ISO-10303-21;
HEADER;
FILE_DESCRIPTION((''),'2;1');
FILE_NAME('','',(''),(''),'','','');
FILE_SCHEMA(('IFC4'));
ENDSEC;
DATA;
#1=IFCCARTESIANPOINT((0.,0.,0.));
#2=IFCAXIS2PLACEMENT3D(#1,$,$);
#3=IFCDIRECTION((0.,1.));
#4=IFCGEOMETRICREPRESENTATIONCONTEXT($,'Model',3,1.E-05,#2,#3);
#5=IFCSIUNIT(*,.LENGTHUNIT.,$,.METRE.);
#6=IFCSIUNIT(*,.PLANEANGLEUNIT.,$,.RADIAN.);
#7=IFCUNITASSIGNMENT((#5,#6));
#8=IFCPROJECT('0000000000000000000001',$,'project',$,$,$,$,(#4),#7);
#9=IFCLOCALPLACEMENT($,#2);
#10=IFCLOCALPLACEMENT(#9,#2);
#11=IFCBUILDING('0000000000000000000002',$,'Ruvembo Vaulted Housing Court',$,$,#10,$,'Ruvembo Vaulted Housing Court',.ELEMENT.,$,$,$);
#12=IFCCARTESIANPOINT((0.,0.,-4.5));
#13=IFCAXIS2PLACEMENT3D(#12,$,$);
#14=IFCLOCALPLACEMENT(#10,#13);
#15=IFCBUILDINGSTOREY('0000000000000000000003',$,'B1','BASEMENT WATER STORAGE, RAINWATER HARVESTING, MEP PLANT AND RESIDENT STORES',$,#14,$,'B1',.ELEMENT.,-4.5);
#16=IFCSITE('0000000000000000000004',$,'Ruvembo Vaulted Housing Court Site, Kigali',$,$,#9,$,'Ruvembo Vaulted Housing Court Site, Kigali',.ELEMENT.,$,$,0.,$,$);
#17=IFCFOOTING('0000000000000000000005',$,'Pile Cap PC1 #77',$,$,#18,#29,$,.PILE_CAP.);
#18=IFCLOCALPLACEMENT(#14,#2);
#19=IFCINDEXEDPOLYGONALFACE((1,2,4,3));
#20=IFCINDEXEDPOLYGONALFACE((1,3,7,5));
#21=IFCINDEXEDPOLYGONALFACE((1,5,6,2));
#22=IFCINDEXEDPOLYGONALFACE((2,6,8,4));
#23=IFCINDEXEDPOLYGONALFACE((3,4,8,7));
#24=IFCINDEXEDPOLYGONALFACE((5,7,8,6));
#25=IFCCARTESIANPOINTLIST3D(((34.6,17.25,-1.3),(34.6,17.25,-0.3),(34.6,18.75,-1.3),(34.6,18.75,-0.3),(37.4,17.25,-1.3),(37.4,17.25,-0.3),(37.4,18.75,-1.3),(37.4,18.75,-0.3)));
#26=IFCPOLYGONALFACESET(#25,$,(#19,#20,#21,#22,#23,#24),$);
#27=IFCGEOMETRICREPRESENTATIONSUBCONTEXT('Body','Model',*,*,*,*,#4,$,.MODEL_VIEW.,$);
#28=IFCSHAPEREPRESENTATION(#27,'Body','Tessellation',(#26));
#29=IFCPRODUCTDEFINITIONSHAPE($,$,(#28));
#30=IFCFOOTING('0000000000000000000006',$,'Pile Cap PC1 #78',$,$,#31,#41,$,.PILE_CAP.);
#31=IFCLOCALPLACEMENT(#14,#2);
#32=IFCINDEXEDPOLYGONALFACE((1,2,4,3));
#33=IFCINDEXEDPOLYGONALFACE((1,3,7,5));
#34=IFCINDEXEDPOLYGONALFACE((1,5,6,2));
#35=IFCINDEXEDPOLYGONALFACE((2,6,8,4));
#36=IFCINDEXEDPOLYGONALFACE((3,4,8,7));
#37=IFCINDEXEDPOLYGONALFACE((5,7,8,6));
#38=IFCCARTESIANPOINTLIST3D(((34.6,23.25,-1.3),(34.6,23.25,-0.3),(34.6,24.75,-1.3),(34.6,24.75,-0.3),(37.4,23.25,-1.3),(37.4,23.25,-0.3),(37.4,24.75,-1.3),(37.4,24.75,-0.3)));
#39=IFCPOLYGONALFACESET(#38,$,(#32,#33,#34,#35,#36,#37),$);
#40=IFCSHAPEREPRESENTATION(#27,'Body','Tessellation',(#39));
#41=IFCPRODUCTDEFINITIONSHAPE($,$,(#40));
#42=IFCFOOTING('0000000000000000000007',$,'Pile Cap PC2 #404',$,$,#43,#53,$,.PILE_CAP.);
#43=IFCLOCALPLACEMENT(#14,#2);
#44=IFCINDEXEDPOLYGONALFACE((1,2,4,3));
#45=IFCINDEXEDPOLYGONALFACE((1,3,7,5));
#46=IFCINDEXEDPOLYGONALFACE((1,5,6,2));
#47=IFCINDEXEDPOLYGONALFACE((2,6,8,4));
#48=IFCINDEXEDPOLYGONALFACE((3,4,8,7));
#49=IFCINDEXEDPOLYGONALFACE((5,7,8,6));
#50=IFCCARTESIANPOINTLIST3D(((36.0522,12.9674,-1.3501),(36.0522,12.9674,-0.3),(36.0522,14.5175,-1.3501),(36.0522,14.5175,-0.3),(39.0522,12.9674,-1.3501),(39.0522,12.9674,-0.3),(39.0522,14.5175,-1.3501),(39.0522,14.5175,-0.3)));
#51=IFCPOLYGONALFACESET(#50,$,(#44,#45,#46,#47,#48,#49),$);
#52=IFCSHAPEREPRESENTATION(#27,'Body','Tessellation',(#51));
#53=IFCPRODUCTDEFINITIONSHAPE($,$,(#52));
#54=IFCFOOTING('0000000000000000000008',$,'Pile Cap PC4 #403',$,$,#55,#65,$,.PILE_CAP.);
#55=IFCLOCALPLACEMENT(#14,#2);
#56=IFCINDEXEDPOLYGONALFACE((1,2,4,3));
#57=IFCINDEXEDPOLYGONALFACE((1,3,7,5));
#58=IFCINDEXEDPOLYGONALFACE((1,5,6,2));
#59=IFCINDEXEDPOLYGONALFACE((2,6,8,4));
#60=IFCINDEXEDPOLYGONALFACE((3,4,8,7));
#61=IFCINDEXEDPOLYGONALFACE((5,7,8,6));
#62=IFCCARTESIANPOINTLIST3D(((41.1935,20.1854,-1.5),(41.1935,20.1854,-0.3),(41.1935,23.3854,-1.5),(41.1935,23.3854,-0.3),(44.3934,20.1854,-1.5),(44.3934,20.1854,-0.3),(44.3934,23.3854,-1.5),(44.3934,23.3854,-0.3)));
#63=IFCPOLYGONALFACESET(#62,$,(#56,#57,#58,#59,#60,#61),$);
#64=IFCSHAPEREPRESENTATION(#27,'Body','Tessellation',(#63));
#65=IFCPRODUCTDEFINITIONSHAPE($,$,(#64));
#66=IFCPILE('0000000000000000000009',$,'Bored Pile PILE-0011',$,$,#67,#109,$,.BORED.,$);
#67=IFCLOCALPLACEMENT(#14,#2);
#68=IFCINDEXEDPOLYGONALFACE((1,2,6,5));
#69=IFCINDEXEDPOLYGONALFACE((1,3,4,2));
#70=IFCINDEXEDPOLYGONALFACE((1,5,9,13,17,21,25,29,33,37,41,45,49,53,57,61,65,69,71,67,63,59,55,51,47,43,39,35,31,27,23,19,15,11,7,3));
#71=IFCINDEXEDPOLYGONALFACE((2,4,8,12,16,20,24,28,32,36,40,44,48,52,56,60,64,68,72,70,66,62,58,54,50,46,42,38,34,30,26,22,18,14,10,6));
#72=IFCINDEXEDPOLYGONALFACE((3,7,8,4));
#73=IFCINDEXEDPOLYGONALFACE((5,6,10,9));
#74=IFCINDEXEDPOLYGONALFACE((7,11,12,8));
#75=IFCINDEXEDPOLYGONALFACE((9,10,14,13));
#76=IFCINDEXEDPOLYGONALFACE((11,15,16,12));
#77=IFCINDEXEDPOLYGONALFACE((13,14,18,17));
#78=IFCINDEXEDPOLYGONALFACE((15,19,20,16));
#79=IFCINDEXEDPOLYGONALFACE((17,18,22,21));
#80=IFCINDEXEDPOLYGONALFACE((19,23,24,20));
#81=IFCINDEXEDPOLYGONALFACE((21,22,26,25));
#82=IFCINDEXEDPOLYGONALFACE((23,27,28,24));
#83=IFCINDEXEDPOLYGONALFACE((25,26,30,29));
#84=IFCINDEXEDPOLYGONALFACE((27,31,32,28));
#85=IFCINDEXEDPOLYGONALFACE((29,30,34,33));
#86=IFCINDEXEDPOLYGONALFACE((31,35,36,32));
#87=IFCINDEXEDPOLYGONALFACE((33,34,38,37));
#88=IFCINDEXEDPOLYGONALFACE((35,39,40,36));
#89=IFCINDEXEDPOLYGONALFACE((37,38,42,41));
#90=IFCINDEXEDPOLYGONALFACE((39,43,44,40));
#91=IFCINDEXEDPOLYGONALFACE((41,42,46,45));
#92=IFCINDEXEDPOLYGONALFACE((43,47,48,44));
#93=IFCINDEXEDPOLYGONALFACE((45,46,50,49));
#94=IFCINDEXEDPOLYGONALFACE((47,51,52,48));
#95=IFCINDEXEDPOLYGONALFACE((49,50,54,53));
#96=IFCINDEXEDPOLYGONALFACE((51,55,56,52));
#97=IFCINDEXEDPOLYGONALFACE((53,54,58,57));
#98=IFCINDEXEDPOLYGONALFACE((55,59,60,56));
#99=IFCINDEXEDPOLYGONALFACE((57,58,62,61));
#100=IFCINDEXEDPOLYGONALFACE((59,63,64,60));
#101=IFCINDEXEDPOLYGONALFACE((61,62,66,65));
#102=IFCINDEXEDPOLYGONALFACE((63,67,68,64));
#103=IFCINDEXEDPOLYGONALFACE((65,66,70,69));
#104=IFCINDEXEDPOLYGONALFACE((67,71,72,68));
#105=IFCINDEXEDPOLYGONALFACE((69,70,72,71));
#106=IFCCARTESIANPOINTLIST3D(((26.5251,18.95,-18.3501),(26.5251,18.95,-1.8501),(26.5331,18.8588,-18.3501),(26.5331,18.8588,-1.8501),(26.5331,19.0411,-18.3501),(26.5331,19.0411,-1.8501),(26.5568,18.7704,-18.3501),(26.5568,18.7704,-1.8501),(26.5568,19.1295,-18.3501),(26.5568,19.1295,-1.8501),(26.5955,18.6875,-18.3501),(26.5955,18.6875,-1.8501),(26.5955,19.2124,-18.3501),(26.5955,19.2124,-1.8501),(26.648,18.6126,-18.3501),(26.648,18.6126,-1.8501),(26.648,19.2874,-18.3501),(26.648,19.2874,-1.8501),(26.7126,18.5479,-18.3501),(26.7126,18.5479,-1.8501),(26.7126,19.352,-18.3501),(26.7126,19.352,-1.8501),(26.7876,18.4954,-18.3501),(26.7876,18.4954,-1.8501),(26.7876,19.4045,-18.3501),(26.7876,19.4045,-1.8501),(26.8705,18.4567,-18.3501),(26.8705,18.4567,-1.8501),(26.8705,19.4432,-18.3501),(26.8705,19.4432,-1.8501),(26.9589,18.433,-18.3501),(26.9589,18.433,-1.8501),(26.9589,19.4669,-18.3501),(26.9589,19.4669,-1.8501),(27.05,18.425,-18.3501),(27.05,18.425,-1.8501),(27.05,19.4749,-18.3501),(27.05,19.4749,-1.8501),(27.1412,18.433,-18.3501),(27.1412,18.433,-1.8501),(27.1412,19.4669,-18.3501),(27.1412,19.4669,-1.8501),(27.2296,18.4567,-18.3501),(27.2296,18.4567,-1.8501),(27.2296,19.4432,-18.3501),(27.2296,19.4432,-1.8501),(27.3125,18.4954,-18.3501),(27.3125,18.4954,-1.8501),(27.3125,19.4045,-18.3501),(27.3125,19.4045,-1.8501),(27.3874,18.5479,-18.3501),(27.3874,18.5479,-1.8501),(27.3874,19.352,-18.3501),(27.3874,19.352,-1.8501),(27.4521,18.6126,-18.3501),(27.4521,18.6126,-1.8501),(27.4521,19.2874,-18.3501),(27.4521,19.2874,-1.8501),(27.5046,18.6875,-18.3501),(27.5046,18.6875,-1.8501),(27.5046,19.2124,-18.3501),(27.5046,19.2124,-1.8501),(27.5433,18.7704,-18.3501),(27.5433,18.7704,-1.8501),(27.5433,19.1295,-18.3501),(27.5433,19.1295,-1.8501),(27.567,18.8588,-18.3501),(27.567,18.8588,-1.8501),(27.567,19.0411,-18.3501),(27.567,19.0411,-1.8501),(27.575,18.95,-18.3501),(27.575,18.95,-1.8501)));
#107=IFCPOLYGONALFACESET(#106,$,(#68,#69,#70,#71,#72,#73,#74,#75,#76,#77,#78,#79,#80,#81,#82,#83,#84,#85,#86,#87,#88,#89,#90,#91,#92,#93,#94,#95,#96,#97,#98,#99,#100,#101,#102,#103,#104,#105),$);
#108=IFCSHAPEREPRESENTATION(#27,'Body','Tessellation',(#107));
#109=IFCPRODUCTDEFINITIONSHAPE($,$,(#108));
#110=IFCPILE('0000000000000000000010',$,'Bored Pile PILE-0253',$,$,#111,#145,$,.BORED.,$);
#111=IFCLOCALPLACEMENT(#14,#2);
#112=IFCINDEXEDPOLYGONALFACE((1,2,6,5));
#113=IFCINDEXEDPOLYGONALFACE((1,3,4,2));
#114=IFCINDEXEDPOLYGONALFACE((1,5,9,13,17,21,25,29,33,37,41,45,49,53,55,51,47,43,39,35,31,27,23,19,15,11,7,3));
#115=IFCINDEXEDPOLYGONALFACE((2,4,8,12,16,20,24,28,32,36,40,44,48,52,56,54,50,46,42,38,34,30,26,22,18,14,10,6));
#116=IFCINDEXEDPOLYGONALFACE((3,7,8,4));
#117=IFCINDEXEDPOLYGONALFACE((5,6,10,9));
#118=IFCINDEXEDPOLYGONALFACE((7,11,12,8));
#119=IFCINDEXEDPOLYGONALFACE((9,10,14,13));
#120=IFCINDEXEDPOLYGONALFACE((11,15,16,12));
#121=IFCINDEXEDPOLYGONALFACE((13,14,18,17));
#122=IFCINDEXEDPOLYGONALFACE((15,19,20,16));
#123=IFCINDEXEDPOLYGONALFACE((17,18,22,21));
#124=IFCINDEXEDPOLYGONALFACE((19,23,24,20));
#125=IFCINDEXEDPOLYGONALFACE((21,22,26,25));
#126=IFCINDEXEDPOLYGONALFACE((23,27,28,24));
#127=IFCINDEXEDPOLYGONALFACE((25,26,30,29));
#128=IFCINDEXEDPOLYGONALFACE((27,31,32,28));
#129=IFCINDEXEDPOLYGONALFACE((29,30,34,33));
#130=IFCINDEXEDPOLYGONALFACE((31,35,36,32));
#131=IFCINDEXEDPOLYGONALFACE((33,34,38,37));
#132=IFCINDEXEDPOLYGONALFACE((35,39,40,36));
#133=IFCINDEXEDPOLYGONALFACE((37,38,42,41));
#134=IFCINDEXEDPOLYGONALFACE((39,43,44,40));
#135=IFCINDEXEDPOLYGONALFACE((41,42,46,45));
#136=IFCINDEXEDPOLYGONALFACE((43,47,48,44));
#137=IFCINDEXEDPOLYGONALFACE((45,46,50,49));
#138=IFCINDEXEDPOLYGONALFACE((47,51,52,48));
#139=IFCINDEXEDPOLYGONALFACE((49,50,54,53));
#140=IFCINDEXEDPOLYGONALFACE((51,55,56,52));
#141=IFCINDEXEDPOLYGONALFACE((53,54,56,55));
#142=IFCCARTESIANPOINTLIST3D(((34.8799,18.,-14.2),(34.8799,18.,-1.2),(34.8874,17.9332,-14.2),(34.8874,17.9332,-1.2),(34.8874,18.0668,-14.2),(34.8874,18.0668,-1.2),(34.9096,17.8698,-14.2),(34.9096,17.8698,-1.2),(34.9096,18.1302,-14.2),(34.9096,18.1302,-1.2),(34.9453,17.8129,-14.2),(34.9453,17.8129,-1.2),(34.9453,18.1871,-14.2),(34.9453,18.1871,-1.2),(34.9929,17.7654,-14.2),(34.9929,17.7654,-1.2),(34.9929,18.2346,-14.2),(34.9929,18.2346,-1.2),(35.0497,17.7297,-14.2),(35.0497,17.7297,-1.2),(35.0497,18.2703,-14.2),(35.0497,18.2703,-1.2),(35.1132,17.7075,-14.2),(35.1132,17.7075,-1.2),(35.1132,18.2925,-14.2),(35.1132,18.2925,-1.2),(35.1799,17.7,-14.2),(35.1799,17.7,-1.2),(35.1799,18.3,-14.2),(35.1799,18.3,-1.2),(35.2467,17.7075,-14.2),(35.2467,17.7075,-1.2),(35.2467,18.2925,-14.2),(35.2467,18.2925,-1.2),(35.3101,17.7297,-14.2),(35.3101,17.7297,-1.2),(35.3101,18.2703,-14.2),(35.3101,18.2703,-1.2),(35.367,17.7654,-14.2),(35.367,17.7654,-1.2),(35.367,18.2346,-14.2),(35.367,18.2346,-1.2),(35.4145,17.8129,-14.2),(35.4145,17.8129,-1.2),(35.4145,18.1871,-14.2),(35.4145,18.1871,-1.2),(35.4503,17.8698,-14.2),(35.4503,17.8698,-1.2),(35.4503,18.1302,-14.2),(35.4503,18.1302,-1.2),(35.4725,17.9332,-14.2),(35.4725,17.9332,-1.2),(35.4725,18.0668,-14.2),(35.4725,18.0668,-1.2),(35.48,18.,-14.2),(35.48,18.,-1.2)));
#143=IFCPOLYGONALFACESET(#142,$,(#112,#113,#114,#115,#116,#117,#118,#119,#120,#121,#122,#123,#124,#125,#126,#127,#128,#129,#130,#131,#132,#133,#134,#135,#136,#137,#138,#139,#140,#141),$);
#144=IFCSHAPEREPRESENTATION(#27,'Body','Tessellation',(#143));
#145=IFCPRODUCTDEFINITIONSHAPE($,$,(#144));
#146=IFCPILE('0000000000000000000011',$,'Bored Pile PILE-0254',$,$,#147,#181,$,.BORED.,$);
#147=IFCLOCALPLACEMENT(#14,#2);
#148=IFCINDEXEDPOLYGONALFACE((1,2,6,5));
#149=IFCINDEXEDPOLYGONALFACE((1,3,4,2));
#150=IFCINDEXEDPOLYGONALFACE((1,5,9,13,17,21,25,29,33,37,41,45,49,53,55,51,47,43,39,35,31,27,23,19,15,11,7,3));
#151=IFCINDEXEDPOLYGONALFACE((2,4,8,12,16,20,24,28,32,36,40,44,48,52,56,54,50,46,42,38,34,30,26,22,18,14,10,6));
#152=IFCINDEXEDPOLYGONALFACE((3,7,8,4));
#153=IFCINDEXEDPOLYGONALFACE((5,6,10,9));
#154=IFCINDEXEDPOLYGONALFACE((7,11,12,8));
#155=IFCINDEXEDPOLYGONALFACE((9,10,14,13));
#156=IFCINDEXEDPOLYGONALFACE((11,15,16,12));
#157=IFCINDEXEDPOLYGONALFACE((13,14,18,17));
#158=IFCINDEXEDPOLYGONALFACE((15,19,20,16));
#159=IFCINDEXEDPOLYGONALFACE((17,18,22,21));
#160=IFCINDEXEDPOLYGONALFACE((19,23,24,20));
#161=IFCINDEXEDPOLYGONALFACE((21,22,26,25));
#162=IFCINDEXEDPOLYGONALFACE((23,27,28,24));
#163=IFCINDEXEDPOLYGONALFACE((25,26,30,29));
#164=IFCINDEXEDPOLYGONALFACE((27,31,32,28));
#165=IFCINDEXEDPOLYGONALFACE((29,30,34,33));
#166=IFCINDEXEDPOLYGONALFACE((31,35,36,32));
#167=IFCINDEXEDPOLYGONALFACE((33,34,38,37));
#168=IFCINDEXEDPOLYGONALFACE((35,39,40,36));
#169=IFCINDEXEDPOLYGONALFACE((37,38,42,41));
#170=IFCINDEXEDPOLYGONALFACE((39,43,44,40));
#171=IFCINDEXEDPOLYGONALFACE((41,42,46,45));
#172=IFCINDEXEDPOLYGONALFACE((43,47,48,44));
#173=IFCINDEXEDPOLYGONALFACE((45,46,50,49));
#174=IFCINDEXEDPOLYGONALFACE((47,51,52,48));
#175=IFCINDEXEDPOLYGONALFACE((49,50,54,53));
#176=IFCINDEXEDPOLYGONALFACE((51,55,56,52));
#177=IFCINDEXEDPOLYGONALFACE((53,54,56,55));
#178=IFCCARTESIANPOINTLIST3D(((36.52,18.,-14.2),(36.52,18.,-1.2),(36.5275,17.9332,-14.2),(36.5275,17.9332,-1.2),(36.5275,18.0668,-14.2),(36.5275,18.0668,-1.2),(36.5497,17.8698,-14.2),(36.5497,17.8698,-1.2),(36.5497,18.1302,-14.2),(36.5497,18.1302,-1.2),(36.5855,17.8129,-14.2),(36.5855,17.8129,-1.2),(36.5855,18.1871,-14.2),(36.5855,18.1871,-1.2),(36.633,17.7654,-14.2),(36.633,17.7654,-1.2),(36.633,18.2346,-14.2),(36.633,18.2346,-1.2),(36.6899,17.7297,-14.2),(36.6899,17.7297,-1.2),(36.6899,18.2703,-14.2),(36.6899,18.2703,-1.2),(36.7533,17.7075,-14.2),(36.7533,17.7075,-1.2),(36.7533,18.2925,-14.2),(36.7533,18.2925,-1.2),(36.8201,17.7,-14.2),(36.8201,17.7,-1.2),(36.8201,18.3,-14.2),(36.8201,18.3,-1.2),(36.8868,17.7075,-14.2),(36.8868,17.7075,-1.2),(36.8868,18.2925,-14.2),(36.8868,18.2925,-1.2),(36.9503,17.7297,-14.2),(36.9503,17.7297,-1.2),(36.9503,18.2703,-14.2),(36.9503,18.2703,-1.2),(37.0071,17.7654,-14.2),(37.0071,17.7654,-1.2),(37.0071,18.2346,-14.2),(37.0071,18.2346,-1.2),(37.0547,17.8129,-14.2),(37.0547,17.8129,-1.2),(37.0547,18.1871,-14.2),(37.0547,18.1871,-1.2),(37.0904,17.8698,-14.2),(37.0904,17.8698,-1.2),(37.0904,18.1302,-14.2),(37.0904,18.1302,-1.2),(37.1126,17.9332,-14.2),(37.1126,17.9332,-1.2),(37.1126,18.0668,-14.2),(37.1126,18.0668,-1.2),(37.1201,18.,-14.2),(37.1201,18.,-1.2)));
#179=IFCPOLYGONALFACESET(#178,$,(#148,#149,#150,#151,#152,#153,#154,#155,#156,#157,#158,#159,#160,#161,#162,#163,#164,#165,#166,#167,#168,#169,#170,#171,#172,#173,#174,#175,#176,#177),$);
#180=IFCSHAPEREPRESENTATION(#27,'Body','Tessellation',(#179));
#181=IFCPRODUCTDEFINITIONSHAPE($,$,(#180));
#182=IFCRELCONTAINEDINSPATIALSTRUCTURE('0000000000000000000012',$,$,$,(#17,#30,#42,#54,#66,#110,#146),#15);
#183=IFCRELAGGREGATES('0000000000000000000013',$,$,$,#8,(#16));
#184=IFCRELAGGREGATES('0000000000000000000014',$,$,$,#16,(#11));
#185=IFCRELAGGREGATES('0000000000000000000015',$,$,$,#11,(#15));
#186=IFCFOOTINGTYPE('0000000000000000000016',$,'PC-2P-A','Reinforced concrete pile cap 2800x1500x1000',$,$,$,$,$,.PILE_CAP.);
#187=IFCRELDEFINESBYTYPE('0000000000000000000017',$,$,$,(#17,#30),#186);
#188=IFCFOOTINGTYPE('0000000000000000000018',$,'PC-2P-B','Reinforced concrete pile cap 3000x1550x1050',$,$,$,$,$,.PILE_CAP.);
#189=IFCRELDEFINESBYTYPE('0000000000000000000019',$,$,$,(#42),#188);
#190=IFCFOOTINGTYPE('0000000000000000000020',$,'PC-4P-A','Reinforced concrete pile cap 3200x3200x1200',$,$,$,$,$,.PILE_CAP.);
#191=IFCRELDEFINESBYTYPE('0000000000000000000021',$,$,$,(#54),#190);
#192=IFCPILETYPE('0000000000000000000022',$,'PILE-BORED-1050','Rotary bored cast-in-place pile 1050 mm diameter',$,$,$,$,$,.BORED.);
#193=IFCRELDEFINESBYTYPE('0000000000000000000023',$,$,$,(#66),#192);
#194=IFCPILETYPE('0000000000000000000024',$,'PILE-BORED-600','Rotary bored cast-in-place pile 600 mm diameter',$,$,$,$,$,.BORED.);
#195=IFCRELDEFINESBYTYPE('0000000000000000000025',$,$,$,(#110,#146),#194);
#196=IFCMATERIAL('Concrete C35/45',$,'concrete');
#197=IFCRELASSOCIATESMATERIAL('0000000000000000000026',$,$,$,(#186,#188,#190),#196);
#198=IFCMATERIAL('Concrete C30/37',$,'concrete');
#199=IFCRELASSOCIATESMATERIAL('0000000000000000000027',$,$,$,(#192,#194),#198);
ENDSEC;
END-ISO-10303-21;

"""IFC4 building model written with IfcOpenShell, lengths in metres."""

from ifc_helpers import new_model, si_unit, direction, frame, origin, origin_2d, place, context, subcontext, project, spatial, rectangle, circle, extrude, material, material_profile, profile_set, type_object, element, save


model = new_model("IFC4")

# Units and contexts
model_context = context("Model", 3, precision=1e-05, world=origin(), true_north=direction((0.0, 1.0)))
body_context = subcontext(model_context, "Body", "Model", "MODEL_VIEW")
ifc_project = project(units=[si_unit("LENGTHUNIT", "METRE"), si_unit("PLANEANGLEUNIT", "RADIAN")], contexts=[model_context])

# Site, building, storey
site_placement = place(None, origin())
site = spatial("IfcSite", under=ifc_project, at=site_placement, Name="Ruvembo Vaulted Housing Court Site, Kigali", LongName="Ruvembo Vaulted Housing Court Site, Kigali", CompositionType="ELEMENT", RefElevation=0.0)
building_placement = place(site_placement, origin())
building = spatial("IfcBuilding", under=site, at=building_placement, Name="Ruvembo Vaulted Housing Court", LongName="Ruvembo Vaulted Housing Court", CompositionType="ELEMENT")
storey_placement = place(building_placement, frame((0.0, 0.0, -4.5)))
storey = spatial("IfcBuildingStorey", under=building, at=storey_placement, Name="B1", Description="BASEMENT WATER STORAGE, RAINWATER HARVESTING, MEP PLANT AND RESIDENT STORES", LongName="B1", CompositionType="ELEMENT", Elevation=-4.5)

# Footings
ifc_material_1 = material(Name="Concrete C35/45", Category="concrete")
footing_type_1 = type_object("IfcFootingType", Name="PC-2P-A", Description="Reinforced concrete pile cap 2800x1500x1000", PredefinedType="PILE_CAP", material=ifc_material_1)
for number, where, z_axis, x_axis, name in (
    (1, (36.0, 18.0, -1.3), (0.0, 0.0, 1.0), (1.0, 0.0, 0.0), "Pile Cap PC1 #77"),
    (2, (36.0, 24.0, -1.3), (0.0, 0.0, 1.0), (1.0, 0.0, 0.0), "Pile Cap PC1 #78"),
):
    element("IfcFooting", number, at=place(storey_placement, frame(where, z_axis=z_axis, x_axis=x_axis)), inside=storey, type_object=footing_type_1, Name=name, PredefinedType="PILE_CAP", context=body_context, shape_type="SweptSolid", body=[
        extrude(rectangle(XDim=2.8, YDim=1.5, at=origin_2d()), origin(), (0.0, 0.0, 1.0), 1.0),
    ])
footing_type_2 = type_object("IfcFootingType", Name="PC-2P-B", Description="Reinforced concrete pile cap 3000x1550x1050", PredefinedType="PILE_CAP", material=ifc_material_1)
footing_1_placement = place(storey_placement, frame((37.5522, 13.7424, -1.3501), z_axis=(0.0, 0.0, 1.0), x_axis=(1.0, 0.0, 0.0)))
element("IfcFooting", 3, at=footing_1_placement, inside=storey, type_object=footing_type_2, Name="Pile Cap PC2 #404", PredefinedType="PILE_CAP", context=body_context, shape_type="SweptSolid", body=[
    extrude(rectangle(XDim=3.0, YDim=1.55, at=origin_2d()), origin(), (0.0, 0.0, 1.0), 1.05),
])
footing_type_3 = type_object("IfcFootingType", Name="PC-4P-A", Description="Reinforced concrete pile cap 3200x3200x1200", PredefinedType="PILE_CAP", material=ifc_material_1)
footing_2_placement = place(storey_placement, frame((42.7935, 21.7854, -1.5), z_axis=(0.0, 0.0, 1.0), x_axis=(1.0, 0.0, 0.0)))
element("IfcFooting", 4, at=footing_2_placement, inside=storey, type_object=footing_type_3, Name="Pile Cap PC4 #403", PredefinedType="PILE_CAP", context=body_context, shape_type="SweptSolid", body=[
    extrude(rectangle(XDim=3.2, YDim=3.2, at=origin_2d()), origin(), (0.0, 0.0, 1.0), 1.2),
])

# Piles
ifc_material_2 = material(Name="Concrete C30/37", Category="concrete")
ifc_material_profile_1 = material_profile(ifc_material_2, circle(Radius=0.5249, at=origin_2d()), Name="PILE D1050")
ifc_profile_set_1 = profile_set([ifc_material_profile_1], Name="Concrete C30/37")
pile_type_1 = type_object("IfcPileType", Name="PILE-BORED-1050", Description="Rotary bored cast-in-place pile 1050 mm diameter", PredefinedType="BORED", material=ifc_profile_set_1)
pile_placement = place(storey_placement, frame((27.05, 18.95, -1.8501), z_axis=(0.0, 0.0, -1.0), x_axis=(1.0, 0.0, 0.0)))
element("IfcPile", 5, at=pile_placement, inside=storey, type_object=pile_type_1, Name="Bored Pile PILE-0011", PredefinedType="BORED", context=body_context, shape_type="SweptSolid", body=[
    extrude(circle(Radius=0.5249, at=origin_2d()), origin(), (0.0, 0.0, 1.0), 16.5),
])
ifc_material_profile_2 = material_profile(ifc_material_2, circle(Radius=0.3, at=origin_2d()), Name="PILE D600")
ifc_profile_set_2 = profile_set([ifc_material_profile_2], Name="Concrete C30/37")
pile_type_2 = type_object("IfcPileType", Name="PILE-BORED-600", Description="Rotary bored cast-in-place pile 600 mm diameter", PredefinedType="BORED", material=ifc_profile_set_2)
for number, where, z_axis, x_axis, name in (
    (6, (35.1799, 18.0, -1.2), (0.0, 0.0, -1.0), (1.0, 0.0, 0.0), "Bored Pile PILE-0253"),
    (7, (36.8201, 18.0, -1.2), (0.0, 0.0, -1.0), (1.0, 0.0, 0.0), "Bored Pile PILE-0254"),
):
    element("IfcPile", number, at=place(storey_placement, frame(where, z_axis=z_axis, x_axis=x_axis)), inside=storey, type_object=pile_type_2, Name=name, PredefinedType="BORED", context=body_context, shape_type="SweptSolid", body=[
        extrude(circle(Radius=0.3, at=origin_2d()), origin(), (0.0, 0.0, 1.0), 13.0),
    ])

save(model, "model.ifc")
